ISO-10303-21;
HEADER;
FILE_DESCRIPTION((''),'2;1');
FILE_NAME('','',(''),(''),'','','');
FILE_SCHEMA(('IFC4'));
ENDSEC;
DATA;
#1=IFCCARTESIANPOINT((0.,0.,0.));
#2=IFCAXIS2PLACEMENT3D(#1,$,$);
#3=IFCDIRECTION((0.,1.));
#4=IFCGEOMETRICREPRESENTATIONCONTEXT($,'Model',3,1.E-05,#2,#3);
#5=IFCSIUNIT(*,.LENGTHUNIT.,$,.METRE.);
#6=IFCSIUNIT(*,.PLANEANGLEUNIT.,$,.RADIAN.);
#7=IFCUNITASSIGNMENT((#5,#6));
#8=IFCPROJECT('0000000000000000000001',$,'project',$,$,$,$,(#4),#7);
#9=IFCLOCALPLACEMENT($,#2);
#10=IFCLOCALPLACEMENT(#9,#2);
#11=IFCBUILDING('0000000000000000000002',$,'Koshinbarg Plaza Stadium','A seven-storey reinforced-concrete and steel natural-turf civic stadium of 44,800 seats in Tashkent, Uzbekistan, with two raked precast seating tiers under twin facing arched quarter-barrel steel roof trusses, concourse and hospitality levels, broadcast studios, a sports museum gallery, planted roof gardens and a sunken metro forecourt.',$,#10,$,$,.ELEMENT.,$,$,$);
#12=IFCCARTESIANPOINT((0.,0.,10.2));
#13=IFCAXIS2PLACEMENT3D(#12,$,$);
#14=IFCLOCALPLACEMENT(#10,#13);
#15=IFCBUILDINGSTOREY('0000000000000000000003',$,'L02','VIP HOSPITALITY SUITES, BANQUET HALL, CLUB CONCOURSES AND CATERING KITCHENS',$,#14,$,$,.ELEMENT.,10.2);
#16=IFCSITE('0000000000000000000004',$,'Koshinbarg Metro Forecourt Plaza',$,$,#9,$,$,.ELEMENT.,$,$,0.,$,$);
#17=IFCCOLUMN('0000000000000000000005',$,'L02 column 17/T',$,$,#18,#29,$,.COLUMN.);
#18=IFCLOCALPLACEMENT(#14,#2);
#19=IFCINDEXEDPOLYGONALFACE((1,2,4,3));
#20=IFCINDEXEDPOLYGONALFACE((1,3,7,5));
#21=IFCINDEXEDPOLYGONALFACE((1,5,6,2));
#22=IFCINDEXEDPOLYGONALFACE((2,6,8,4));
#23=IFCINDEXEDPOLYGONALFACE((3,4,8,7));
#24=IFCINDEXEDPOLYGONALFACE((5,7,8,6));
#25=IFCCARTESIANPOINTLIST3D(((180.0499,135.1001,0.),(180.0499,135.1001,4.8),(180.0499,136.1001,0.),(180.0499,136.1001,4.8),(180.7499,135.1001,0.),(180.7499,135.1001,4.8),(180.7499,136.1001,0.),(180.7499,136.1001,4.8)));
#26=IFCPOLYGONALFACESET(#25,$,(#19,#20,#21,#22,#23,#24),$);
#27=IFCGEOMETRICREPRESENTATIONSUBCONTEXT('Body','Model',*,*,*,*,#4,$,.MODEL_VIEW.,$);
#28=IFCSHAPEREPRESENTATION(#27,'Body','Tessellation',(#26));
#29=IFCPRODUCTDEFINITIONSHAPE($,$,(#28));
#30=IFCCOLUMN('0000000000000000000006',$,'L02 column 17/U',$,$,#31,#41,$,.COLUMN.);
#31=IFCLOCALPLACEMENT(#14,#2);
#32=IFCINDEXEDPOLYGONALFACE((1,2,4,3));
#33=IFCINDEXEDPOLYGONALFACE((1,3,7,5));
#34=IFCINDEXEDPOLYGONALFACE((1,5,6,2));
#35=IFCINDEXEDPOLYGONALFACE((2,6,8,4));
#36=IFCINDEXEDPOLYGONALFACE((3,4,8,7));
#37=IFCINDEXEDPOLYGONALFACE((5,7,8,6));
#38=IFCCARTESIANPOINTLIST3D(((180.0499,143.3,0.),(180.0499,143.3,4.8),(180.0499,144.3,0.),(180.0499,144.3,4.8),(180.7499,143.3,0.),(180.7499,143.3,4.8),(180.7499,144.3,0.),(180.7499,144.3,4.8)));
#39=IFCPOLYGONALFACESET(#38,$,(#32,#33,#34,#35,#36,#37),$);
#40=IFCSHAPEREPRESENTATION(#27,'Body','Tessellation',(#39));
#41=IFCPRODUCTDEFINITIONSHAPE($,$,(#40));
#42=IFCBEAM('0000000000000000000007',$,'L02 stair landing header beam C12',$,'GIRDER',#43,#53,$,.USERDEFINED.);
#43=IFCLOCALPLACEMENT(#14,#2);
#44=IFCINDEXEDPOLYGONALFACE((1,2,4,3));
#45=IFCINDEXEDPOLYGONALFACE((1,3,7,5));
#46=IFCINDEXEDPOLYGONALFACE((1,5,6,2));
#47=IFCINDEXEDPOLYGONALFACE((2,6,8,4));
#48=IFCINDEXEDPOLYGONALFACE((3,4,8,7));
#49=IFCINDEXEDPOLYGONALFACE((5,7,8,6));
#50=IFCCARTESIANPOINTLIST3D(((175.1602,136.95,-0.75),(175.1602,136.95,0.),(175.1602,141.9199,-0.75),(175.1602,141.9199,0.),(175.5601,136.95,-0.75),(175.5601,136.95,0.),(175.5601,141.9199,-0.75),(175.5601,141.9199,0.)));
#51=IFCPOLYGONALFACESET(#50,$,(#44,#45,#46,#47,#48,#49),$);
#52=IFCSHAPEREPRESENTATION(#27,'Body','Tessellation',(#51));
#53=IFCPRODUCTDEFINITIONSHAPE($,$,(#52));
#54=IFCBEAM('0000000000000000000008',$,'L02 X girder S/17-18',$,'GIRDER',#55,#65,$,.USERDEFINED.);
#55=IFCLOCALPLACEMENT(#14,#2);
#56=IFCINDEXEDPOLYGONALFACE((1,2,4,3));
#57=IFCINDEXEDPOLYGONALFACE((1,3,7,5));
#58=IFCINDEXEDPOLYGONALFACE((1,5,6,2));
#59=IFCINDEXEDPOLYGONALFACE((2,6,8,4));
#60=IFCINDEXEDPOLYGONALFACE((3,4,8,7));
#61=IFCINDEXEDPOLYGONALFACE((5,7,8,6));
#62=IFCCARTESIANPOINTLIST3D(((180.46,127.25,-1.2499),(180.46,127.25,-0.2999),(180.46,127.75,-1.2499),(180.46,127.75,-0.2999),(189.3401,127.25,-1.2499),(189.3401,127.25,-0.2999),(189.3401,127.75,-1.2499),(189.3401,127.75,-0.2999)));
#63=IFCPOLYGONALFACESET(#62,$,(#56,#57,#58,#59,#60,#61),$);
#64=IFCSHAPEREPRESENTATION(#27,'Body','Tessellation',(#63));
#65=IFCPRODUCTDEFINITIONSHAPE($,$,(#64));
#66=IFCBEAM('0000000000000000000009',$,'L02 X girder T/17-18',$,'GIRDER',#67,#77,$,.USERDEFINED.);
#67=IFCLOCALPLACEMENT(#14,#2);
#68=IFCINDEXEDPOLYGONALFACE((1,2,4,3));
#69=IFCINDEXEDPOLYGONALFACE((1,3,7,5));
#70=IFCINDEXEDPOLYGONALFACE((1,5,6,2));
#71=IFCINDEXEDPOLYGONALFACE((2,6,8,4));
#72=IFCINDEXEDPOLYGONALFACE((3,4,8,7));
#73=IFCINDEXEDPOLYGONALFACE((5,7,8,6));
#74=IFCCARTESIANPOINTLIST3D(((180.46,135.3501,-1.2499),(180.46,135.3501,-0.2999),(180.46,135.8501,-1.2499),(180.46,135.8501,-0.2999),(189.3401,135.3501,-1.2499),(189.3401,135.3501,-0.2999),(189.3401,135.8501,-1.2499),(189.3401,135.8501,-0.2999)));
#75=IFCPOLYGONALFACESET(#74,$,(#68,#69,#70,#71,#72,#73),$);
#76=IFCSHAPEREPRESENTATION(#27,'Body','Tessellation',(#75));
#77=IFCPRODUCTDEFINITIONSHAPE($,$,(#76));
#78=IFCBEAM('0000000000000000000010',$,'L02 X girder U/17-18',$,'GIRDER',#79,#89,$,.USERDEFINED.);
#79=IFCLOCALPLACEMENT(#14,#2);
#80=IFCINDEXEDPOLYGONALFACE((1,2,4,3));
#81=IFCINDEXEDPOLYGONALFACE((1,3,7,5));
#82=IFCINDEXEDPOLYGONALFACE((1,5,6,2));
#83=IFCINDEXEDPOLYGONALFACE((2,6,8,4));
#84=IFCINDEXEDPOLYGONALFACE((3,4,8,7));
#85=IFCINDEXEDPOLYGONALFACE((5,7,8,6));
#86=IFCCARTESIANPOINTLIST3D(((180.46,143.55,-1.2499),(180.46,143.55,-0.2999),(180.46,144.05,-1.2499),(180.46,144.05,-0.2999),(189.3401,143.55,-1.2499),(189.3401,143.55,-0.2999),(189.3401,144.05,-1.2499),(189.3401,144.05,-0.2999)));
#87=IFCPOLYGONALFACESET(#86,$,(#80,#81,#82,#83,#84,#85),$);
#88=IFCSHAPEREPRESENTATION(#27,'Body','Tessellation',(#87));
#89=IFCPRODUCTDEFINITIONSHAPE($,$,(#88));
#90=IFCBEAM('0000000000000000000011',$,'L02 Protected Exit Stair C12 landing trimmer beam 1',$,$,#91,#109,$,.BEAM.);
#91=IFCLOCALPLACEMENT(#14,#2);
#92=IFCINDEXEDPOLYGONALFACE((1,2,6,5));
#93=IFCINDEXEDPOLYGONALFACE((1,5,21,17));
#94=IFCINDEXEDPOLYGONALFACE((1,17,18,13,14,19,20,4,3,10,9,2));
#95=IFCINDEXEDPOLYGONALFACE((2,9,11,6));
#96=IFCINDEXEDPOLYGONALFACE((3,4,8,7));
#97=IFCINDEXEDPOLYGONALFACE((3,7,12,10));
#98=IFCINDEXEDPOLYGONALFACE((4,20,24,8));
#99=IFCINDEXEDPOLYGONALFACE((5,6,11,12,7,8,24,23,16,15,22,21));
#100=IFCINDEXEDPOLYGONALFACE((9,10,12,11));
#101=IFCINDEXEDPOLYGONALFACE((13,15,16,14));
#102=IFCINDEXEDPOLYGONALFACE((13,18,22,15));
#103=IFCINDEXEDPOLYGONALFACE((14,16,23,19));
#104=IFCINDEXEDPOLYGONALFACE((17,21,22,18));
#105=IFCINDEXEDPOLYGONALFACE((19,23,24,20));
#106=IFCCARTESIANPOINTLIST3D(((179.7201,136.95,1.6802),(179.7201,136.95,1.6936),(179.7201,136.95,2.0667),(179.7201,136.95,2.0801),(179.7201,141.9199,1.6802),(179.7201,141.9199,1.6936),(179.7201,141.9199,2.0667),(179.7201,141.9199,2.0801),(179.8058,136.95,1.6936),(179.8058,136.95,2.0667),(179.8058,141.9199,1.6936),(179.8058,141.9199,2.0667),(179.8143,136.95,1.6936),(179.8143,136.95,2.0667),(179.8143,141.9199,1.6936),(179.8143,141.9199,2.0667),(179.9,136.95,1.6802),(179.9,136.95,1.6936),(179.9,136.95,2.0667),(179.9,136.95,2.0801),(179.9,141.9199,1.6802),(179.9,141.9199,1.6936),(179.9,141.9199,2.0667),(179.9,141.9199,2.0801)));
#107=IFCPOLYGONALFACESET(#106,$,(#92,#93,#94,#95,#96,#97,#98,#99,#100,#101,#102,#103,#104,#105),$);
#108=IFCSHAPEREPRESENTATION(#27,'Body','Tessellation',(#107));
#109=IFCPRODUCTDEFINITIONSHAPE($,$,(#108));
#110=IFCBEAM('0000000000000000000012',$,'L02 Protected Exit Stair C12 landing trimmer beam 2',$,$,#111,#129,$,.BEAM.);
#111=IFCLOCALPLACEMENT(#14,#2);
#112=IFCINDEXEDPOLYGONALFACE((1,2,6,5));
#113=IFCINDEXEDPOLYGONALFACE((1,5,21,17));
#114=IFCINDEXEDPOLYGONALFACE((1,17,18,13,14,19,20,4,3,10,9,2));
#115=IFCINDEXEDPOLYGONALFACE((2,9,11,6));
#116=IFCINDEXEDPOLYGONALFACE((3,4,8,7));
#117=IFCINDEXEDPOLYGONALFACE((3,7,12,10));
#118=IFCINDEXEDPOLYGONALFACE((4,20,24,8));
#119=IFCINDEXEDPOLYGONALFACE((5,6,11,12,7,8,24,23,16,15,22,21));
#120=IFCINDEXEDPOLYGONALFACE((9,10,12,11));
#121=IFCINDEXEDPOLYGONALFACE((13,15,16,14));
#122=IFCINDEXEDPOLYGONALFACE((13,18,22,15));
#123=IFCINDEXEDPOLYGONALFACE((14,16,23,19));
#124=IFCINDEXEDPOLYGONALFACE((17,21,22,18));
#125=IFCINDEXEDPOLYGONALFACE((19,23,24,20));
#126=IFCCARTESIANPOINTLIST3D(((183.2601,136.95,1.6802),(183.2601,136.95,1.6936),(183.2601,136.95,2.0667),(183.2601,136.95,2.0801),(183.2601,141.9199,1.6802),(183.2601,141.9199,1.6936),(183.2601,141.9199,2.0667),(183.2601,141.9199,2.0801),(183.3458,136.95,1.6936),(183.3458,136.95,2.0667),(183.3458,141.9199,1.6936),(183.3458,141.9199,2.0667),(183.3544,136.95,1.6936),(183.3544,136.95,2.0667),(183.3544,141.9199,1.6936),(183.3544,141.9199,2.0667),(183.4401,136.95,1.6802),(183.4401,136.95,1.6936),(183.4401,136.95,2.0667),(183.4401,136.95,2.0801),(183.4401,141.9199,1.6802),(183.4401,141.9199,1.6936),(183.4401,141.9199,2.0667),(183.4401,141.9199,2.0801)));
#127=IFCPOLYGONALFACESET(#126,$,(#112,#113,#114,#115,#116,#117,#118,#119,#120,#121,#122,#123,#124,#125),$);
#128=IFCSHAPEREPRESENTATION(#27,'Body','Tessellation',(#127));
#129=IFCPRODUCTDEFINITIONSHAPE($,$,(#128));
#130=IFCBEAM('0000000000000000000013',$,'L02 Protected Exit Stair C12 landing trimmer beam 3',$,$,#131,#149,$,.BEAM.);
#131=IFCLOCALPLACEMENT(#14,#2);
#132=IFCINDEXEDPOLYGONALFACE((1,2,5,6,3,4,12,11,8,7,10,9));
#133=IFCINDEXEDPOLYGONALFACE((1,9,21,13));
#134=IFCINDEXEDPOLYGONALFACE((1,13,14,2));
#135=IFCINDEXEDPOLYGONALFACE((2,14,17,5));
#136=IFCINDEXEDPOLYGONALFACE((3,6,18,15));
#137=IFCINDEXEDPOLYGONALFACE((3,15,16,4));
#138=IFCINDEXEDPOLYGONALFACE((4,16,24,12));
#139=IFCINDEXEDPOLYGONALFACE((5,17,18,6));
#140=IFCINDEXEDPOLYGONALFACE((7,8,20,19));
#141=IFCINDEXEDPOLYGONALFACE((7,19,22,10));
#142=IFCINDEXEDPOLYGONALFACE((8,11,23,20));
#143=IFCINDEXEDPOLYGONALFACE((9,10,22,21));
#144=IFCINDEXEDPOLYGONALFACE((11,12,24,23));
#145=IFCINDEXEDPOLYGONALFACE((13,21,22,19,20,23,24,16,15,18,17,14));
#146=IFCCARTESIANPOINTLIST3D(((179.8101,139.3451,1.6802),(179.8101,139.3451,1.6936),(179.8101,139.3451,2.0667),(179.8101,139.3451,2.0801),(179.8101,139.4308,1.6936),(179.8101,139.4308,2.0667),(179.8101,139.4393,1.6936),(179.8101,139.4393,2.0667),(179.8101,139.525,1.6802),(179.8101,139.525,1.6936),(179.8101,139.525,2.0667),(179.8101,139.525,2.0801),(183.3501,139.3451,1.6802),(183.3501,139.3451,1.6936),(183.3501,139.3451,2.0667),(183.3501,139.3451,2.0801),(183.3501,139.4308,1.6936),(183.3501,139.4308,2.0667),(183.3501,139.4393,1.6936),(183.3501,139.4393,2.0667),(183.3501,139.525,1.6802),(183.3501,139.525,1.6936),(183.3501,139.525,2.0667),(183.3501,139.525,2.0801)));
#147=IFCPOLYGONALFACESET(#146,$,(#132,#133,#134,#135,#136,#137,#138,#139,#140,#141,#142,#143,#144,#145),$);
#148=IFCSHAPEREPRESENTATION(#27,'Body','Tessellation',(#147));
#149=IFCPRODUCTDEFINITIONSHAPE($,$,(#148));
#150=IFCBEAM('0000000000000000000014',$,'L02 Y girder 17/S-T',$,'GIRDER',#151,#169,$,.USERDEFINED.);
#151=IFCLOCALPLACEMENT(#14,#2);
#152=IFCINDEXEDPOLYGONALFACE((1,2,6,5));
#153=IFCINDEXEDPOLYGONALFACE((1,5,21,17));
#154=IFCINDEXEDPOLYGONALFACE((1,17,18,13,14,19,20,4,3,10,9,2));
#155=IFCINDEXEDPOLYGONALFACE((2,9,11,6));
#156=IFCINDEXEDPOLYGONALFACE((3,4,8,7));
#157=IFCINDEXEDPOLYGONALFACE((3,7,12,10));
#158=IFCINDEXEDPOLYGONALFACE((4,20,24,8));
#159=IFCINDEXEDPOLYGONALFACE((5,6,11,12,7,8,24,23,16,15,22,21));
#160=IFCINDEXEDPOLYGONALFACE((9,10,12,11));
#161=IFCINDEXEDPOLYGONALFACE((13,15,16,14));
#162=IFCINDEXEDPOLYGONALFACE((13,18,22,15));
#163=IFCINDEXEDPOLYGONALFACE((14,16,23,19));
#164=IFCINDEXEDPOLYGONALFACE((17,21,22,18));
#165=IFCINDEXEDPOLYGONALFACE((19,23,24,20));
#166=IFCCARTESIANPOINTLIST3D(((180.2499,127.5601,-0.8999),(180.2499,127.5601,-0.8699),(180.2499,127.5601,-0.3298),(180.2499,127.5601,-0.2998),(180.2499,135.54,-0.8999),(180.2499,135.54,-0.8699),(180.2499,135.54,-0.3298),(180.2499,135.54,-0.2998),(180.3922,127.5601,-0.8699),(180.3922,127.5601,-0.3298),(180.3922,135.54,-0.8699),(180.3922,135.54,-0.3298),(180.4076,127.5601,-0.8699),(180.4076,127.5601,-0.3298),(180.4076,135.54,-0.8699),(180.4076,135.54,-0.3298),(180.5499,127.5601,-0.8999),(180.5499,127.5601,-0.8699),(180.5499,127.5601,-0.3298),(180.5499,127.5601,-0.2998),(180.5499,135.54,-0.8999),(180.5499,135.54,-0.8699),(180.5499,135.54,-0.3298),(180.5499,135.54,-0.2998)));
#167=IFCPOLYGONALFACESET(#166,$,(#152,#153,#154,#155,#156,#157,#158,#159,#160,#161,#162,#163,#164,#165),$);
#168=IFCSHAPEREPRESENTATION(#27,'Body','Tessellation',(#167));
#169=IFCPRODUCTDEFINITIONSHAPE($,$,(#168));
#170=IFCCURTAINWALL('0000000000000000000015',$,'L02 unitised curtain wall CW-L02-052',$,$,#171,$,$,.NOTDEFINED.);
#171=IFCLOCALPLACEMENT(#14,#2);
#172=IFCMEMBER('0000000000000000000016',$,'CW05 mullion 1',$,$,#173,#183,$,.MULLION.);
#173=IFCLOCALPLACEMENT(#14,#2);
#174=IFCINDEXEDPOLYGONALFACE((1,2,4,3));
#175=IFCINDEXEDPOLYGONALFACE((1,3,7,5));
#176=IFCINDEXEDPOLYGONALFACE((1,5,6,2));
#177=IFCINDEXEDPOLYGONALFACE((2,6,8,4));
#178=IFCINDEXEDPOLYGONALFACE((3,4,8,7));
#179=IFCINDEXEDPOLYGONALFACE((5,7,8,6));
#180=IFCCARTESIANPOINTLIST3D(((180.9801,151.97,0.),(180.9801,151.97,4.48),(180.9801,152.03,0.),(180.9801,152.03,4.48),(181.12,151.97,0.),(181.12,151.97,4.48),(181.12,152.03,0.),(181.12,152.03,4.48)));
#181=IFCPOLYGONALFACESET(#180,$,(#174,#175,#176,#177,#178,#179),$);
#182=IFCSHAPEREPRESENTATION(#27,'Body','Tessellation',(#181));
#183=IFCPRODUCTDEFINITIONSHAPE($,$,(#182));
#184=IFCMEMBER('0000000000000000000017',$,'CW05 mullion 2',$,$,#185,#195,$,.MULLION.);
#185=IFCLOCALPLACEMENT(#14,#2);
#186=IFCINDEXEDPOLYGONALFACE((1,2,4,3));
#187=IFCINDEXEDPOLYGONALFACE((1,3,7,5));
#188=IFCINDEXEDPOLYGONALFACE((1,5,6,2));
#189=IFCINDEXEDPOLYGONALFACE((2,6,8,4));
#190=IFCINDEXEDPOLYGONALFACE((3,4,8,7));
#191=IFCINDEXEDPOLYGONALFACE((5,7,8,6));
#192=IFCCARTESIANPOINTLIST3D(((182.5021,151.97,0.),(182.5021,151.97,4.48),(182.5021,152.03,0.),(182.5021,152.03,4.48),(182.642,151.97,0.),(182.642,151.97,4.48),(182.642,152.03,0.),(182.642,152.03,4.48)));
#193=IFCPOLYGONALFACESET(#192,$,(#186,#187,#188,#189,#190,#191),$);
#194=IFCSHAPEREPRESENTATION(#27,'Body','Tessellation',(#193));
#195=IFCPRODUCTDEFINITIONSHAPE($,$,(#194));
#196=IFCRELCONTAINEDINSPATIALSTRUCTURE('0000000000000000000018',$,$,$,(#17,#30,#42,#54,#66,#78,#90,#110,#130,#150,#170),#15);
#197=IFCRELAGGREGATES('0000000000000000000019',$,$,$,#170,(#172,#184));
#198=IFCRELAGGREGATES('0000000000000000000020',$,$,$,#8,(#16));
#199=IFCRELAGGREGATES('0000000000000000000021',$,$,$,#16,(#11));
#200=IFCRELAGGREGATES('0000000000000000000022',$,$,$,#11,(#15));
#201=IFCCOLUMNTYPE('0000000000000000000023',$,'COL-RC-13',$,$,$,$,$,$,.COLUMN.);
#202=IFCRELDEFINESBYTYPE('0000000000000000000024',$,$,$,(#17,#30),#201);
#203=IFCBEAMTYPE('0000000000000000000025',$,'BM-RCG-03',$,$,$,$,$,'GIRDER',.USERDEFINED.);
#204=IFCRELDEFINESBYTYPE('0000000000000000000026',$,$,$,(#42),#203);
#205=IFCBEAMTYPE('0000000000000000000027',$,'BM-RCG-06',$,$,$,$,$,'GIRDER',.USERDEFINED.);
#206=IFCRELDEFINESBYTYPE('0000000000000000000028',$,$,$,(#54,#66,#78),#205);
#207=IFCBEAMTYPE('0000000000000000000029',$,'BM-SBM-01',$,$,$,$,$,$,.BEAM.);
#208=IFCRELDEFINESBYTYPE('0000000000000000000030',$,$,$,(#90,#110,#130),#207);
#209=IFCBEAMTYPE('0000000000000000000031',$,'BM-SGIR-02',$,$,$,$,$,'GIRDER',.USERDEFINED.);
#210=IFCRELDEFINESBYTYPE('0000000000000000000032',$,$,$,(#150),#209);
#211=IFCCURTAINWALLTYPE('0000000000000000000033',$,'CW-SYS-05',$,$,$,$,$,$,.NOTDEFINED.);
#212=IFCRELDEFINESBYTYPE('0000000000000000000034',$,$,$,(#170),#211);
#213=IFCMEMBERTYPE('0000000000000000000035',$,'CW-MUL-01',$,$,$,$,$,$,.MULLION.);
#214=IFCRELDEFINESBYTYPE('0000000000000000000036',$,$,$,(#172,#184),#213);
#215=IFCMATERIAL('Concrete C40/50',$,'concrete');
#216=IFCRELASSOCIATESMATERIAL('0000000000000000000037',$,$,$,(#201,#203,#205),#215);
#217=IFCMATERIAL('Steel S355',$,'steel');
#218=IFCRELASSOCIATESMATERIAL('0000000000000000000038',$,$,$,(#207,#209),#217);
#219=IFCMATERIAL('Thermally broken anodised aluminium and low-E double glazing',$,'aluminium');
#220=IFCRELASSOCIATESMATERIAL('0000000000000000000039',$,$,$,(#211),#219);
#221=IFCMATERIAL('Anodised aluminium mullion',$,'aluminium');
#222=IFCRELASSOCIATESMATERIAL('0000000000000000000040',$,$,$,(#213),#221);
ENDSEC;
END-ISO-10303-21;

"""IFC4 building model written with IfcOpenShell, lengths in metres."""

from ifc_helpers import new_model, si_unit, direction, frame, origin, origin_2d, place, context, subcontext, project, spatial, rectangle, i_section, extrude, material, material_profile, profile_set, type_object, element, aggregate, save


model = new_model("IFC4")

# Units and contexts
model_context = context("Model", 3, precision=1e-05, world=origin(), true_north=direction((0.0, 1.0)))
body_context = subcontext(model_context, "Body", "Model", "MODEL_VIEW")
ifc_project = project(units=[si_unit("LENGTHUNIT", "METRE"), si_unit("PLANEANGLEUNIT", "RADIAN")], contexts=[model_context])

# Site, building, storey
site_placement = place(None, origin())
site = spatial("IfcSite", under=ifc_project, at=site_placement, Name="Koshinbarg Metro Forecourt Plaza", CompositionType="ELEMENT", RefElevation=0.0)
building_placement = place(site_placement, origin())
building = spatial("IfcBuilding", under=site, at=building_placement, Name="Koshinbarg Plaza Stadium", Description="A seven-storey reinforced-concrete and steel natural-turf civic stadium of 44,800 seats in Tashkent, Uzbekistan, with two raked precast seating tiers under twin facing arched quarter-barrel steel roof trusses, concourse and hospitality levels, broadcast studios, a sports museum gallery, planted roof gardens and a sunken metro forecourt.", CompositionType="ELEMENT")
storey_placement = place(building_placement, frame((0.0, 0.0, 10.2)))
storey = spatial("IfcBuildingStorey", under=building, at=storey_placement, Name="L02", Description="VIP HOSPITALITY SUITES, BANQUET HALL, CLUB CONCOURSES AND CATERING KITCHENS", CompositionType="ELEMENT", Elevation=10.2)

# Columns
ifc_material_1 = material(Name="Concrete C40/50", Category="concrete")
ifc_material_profile_1 = material_profile(ifc_material_1, rectangle(XDim=0.7, YDim=1.0, at=origin_2d()), Name="RC 700x1000")
ifc_profile_set_1 = profile_set([ifc_material_profile_1], Name="Concrete C40/50")
column_type = type_object("IfcColumnType", Name="COL-RC-13", PredefinedType="COLUMN", material=ifc_profile_set_1)
for number, where, z_axis, x_axis, name in (
    (1, (180.3999, 135.6001, 0.0), (0.0, 0.0, 1.0), (1.0, 0.0, 0.0), "L02 column 17/T"),
    (2, (180.3999, 143.8, 0.0), (0.0, 0.0, 1.0), (1.0, 0.0, 0.0), "L02 column 17/U"),
):
    element("IfcColumn", number, at=place(storey_placement, frame(where, z_axis=z_axis, x_axis=x_axis)), inside=storey, type_object=column_type, Name=name, PredefinedType="COLUMN", context=body_context, shape_type="SweptSolid", body=[
        extrude(rectangle(XDim=0.7, YDim=1.0, at=origin_2d()), origin(), (0.0, 0.0, 1.0), 4.8),
    ])

# Beams
ifc_material_profile_2 = material_profile(ifc_material_1, rectangle(XDim=0.3999, YDim=0.75, at=origin_2d()), Name="RC 400x750")
ifc_profile_set_2 = profile_set([ifc_material_profile_2], Name="Concrete C40/50")
beam_type_1 = type_object("IfcBeamType", Name="BM-RCG-03", ElementType="GIRDER", PredefinedType="USERDEFINED", material=ifc_profile_set_2)
beam_1_placement = place(storey_placement, frame((175.3601, 136.95, -0.375), z_axis=(0.0, 1.0, 0.0), x_axis=(-1.0, 0.0, 0.0)))
element("IfcBeam", 3, at=beam_1_placement, inside=storey, type_object=beam_type_1, Name="L02 stair landing header beam C12", ObjectType="GIRDER", PredefinedType="USERDEFINED", context=body_context, shape_type="SweptSolid", body=[
    extrude(rectangle(XDim=0.3999, YDim=0.75, at=origin_2d()), origin(), (0.0, 0.0, 1.0), 4.97),
])
ifc_material_profile_3 = material_profile(ifc_material_1, rectangle(XDim=0.5, YDim=0.95, at=origin_2d()), Name="RC 500x950")
ifc_profile_set_3 = profile_set([ifc_material_profile_3], Name="Concrete C40/50")
beam_type_2 = type_object("IfcBeamType", Name="BM-RCG-06", ElementType="GIRDER", PredefinedType="USERDEFINED", material=ifc_profile_set_3)
for number, where, z_axis, x_axis, name in (
    (4, (180.46, 127.5, -0.7749), (1.0, 0.0, 0.0), (0.0, 1.0, 0.0), "L02 X girder S/17-18"),
    (5, (180.46, 135.6001, -0.7749), (1.0, 0.0, 0.0), (0.0, 1.0, 0.0), "L02 X girder T/17-18"),
    (6, (180.46, 143.8, -0.7749), (1.0, 0.0, 0.0), (0.0, 1.0, 0.0), "L02 X girder U/17-18"),
):
    element("IfcBeam", number, at=place(storey_placement, frame(where, z_axis=z_axis, x_axis=x_axis)), inside=storey, type_object=beam_type_2, Name=name, ObjectType="GIRDER", PredefinedType="USERDEFINED", context=body_context, shape_type="SweptSolid", body=[
        extrude(rectangle(XDim=0.5, YDim=0.95, at=origin_2d()), origin(), (0.0, 0.0, 1.0), 8.8801),
    ])
ifc_material_2 = material(Name="Steel S355", Category="steel")
ifc_material_profile_4 = material_profile(ifc_material_2, i_section(OverallWidth=0.1799, OverallDepth=0.3999, WebThickness=0.0085, FlangeThickness=0.0134, at=origin_2d()), Name="IPE 400")
ifc_profile_set_4 = profile_set([ifc_material_profile_4], Name="Steel S355")
beam_type_3 = type_object("IfcBeamType", Name="BM-SBM-01", PredefinedType="BEAM", material=ifc_profile_set_4)
for number, where, z_axis, x_axis, name in (
    (7, (179.8101, 136.95, 1.8801), (0.0, 1.0, 0.0), (-1.0, 0.0, 0.0), "L02 Protected Exit Stair C12 landing trimmer beam 1"),
    (8, (183.3501, 136.95, 1.8801), (0.0, 1.0, 0.0), (-1.0, 0.0, 0.0), "L02 Protected Exit Stair C12 landing trimmer beam 2"),
):
    element("IfcBeam", number, at=place(storey_placement, frame(where, z_axis=z_axis, x_axis=x_axis)), inside=storey, type_object=beam_type_3, Name=name, PredefinedType="BEAM", context=body_context, shape_type="SweptSolid", body=[
        extrude(i_section(OverallWidth=0.1799, OverallDepth=0.3999, WebThickness=0.0085, FlangeThickness=0.0134, at=origin_2d()), origin(), (0.0, 0.0, 1.0), 4.97),
    ])
beam_2_placement = place(storey_placement, frame((179.8101, 139.4351, 1.8801), z_axis=(1.0, 0.0, 0.0), x_axis=(0.0, 1.0, 0.0)))
element("IfcBeam", 9, at=beam_2_placement, inside=storey, type_object=beam_type_3, Name="L02 Protected Exit Stair C12 landing trimmer beam 3", PredefinedType="BEAM", context=body_context, shape_type="SweptSolid", body=[
    extrude(i_section(OverallWidth=0.1799, OverallDepth=0.3999, WebThickness=0.0085, FlangeThickness=0.0134, at=origin_2d()), origin(), (0.0, 0.0, 1.0), 3.54),
])
ifc_material_profile_5 = material_profile(ifc_material_2, i_section(OverallWidth=0.3, OverallDepth=0.6001, WebThickness=0.0154, FlangeThickness=0.03, at=origin_2d()), Name="HEB 600")
ifc_profile_set_5 = profile_set([ifc_material_profile_5], Name="Steel S355")
beam_type_4 = type_object("IfcBeamType", Name="BM-SGIR-02", ElementType="GIRDER", PredefinedType="USERDEFINED", material=ifc_profile_set_5)
beam_3_placement = place(storey_placement, frame((180.3999, 127.5601, -0.5999), z_axis=(0.0, 1.0, 0.0), x_axis=(-1.0, 0.0, 0.0)))
element("IfcBeam", 10, at=beam_3_placement, inside=storey, type_object=beam_type_4, Name="L02 Y girder 17/S-T", ObjectType="GIRDER", PredefinedType="USERDEFINED", context=body_context, shape_type="SweptSolid", body=[
    extrude(i_section(OverallWidth=0.3, OverallDepth=0.6001, WebThickness=0.0154, FlangeThickness=0.03, at=origin_2d()), origin(), (0.0, 0.0, 1.0), 7.98),
])

# Curtain wall, members
ifc_material_3 = material(Name="Thermally broken anodised aluminium and low-E double glazing", Category="aluminium")
curtain_wall_type = type_object("IfcCurtainWallType", Name="CW-SYS-05", PredefinedType="NOTDEFINED", material=ifc_material_3)
curtain_wall_placement = place(storey_placement, origin())
curtain_wall = element("IfcCurtainWall", 11, at=curtain_wall_placement, inside=storey, type_object=curtain_wall_type, Name="L02 unitised curtain wall CW-L02-052", PredefinedType="NOTDEFINED")
ifc_material_4 = material(Name="Anodised aluminium mullion", Category="aluminium")
ifc_material_profile_6 = material_profile(ifc_material_4, rectangle(XDim=0.0601, YDim=0.1399, at=origin_2d()), Name="ALU 60x140")
ifc_profile_set_6 = profile_set([ifc_material_profile_6], Name="Anodised aluminium mullion")
member_type_1 = type_object("IfcMemberType", Name="CW-MUL-01", PredefinedType="MULLION", material=ifc_profile_set_6)
member_1_placement = place(storey_placement, frame((181.05, 152.0, 0.0), z_axis=(0.0, 0.0, 1.0), x_axis=(0.0, 1.0, 0.0)))
member_1 = element("IfcMember", 12, at=member_1_placement, type_object=member_type_1, Name="CW05 mullion 1", PredefinedType="MULLION", context=body_context, shape_type="SweptSolid", body=[
    extrude(rectangle(XDim=0.0601, YDim=0.1399, at=origin_2d()), origin(), (0.0, 0.0, 1.0), 4.48),
])
member_2_placement = place(storey_placement, frame((182.572, 152.0, 0.0), z_axis=(0.0, 0.0, 1.0), x_axis=(0.0, 1.0, 0.0)))
member_2 = element("IfcMember", 13, at=member_2_placement, type_object=member_type_1, Name="CW05 mullion 2", PredefinedType="MULLION", context=body_context, shape_type="SweptSolid", body=[
    extrude(rectangle(XDim=0.0601, YDim=0.1399, at=origin_2d()), origin(), (0.0, 0.0, 1.0), 4.48),
])
aggregate(curtain_wall, [member_1, member_2])

save(model, "model.ifc")
